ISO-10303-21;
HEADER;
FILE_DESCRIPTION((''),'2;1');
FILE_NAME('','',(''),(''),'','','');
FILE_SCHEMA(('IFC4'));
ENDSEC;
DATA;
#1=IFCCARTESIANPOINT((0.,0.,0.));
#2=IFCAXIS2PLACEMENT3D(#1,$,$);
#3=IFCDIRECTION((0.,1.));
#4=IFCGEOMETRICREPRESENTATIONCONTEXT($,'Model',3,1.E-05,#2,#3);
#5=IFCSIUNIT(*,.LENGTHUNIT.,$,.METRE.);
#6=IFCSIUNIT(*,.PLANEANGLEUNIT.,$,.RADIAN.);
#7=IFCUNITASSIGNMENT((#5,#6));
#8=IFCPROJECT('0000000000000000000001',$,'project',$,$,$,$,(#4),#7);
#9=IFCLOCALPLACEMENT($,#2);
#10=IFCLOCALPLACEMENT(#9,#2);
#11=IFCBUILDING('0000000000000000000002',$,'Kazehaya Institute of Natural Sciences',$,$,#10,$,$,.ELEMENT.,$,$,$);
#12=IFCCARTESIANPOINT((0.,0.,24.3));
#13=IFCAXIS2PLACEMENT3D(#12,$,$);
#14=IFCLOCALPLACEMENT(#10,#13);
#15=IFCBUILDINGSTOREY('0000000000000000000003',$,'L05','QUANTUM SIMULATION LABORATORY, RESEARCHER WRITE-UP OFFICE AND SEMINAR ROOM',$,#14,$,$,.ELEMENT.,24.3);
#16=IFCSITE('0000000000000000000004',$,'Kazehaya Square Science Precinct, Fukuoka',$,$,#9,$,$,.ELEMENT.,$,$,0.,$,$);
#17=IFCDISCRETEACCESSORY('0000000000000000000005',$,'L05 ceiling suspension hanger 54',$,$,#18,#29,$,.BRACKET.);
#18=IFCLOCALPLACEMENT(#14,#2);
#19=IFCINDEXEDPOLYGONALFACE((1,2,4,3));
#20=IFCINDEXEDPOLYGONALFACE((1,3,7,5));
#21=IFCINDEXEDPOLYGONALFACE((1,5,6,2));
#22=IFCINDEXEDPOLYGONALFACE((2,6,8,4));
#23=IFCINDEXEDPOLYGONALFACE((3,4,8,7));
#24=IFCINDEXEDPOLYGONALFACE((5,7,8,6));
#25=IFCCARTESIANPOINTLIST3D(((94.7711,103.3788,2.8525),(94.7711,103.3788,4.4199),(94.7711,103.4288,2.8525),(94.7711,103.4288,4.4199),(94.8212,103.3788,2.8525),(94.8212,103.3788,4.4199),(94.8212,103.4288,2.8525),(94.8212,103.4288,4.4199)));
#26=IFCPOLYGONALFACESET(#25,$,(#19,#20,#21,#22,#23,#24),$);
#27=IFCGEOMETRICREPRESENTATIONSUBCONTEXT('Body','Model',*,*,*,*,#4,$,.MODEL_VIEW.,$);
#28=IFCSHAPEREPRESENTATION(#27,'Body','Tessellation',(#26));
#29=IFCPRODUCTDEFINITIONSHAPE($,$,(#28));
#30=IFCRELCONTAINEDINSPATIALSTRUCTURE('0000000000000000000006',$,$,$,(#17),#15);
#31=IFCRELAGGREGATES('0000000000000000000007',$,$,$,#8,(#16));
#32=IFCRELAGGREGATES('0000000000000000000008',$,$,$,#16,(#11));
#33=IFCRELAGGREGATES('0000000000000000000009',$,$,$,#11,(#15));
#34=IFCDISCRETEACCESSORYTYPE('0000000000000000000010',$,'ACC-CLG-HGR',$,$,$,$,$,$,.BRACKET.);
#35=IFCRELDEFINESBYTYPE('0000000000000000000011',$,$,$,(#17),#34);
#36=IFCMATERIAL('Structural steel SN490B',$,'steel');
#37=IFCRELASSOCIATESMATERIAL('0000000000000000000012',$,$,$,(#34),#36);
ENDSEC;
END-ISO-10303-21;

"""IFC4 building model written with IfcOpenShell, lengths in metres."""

from ifc_helpers import new_model, si_unit, direction, frame, origin, origin_2d, place, context, subcontext, project, spatial, rectangle, extrude, material, type_object, element, save


model = new_model("IFC4")

# Units and contexts
model_context = context("Model", 3, precision=1e-05, world=origin(), true_north=direction((0.0, 1.0)))
body_context = subcontext(model_context, "Body", "Model", "MODEL_VIEW")
ifc_project = project(units=[si_unit("LENGTHUNIT", "METRE"), si_unit("PLANEANGLEUNIT", "RADIAN")], contexts=[model_context])

# Site, building, storey
site_placement = place(None, origin())
site = spatial("IfcSite", under=ifc_project, at=site_placement, Name="Kazehaya Square Science Precinct, Fukuoka", CompositionType="ELEMENT", RefElevation=0.0)
building_placement = place(site_placement, origin())
building = spatial("IfcBuilding", under=site, at=building_placement, Name="Kazehaya Institute of Natural Sciences", CompositionType="ELEMENT")
storey_placement = place(building_placement, frame((0.0, 0.0, 24.3)))
storey = spatial("IfcBuildingStorey", under=building, at=storey_placement, Name="L05", Description="QUANTUM SIMULATION LABORATORY, RESEARCHER WRITE-UP OFFICE AND SEMINAR ROOM", CompositionType="ELEMENT", Elevation=24.3)

# Discrete accessory
ifc_material_1 = material(Name="Structural steel SN490B", Category="steel")
discrete_accessory_type = type_object("IfcDiscreteAccessoryType", Name="ACC-CLG-HGR", PredefinedType="BRACKET", material=ifc_material_1)
discrete_accessory_placement = place(storey_placement, frame((94.7961, 103.4038, 2.8525), z_axis=(0.0, 0.0, 1.0), x_axis=(1.0, 0.0, 0.0)))
element("IfcDiscreteAccessory", 1, at=discrete_accessory_placement, inside=storey, type_object=discrete_accessory_type, Name="L05 ceiling suspension hanger 54", PredefinedType="BRACKET", context=body_context, shape_type="SweptSolid", body=[
    extrude(rectangle(XDim=0.05, YDim=0.05, at=origin_2d()), origin(), (0.0, 0.0, 1.0), 1.5674),
])

save(model, "model.ifc")
